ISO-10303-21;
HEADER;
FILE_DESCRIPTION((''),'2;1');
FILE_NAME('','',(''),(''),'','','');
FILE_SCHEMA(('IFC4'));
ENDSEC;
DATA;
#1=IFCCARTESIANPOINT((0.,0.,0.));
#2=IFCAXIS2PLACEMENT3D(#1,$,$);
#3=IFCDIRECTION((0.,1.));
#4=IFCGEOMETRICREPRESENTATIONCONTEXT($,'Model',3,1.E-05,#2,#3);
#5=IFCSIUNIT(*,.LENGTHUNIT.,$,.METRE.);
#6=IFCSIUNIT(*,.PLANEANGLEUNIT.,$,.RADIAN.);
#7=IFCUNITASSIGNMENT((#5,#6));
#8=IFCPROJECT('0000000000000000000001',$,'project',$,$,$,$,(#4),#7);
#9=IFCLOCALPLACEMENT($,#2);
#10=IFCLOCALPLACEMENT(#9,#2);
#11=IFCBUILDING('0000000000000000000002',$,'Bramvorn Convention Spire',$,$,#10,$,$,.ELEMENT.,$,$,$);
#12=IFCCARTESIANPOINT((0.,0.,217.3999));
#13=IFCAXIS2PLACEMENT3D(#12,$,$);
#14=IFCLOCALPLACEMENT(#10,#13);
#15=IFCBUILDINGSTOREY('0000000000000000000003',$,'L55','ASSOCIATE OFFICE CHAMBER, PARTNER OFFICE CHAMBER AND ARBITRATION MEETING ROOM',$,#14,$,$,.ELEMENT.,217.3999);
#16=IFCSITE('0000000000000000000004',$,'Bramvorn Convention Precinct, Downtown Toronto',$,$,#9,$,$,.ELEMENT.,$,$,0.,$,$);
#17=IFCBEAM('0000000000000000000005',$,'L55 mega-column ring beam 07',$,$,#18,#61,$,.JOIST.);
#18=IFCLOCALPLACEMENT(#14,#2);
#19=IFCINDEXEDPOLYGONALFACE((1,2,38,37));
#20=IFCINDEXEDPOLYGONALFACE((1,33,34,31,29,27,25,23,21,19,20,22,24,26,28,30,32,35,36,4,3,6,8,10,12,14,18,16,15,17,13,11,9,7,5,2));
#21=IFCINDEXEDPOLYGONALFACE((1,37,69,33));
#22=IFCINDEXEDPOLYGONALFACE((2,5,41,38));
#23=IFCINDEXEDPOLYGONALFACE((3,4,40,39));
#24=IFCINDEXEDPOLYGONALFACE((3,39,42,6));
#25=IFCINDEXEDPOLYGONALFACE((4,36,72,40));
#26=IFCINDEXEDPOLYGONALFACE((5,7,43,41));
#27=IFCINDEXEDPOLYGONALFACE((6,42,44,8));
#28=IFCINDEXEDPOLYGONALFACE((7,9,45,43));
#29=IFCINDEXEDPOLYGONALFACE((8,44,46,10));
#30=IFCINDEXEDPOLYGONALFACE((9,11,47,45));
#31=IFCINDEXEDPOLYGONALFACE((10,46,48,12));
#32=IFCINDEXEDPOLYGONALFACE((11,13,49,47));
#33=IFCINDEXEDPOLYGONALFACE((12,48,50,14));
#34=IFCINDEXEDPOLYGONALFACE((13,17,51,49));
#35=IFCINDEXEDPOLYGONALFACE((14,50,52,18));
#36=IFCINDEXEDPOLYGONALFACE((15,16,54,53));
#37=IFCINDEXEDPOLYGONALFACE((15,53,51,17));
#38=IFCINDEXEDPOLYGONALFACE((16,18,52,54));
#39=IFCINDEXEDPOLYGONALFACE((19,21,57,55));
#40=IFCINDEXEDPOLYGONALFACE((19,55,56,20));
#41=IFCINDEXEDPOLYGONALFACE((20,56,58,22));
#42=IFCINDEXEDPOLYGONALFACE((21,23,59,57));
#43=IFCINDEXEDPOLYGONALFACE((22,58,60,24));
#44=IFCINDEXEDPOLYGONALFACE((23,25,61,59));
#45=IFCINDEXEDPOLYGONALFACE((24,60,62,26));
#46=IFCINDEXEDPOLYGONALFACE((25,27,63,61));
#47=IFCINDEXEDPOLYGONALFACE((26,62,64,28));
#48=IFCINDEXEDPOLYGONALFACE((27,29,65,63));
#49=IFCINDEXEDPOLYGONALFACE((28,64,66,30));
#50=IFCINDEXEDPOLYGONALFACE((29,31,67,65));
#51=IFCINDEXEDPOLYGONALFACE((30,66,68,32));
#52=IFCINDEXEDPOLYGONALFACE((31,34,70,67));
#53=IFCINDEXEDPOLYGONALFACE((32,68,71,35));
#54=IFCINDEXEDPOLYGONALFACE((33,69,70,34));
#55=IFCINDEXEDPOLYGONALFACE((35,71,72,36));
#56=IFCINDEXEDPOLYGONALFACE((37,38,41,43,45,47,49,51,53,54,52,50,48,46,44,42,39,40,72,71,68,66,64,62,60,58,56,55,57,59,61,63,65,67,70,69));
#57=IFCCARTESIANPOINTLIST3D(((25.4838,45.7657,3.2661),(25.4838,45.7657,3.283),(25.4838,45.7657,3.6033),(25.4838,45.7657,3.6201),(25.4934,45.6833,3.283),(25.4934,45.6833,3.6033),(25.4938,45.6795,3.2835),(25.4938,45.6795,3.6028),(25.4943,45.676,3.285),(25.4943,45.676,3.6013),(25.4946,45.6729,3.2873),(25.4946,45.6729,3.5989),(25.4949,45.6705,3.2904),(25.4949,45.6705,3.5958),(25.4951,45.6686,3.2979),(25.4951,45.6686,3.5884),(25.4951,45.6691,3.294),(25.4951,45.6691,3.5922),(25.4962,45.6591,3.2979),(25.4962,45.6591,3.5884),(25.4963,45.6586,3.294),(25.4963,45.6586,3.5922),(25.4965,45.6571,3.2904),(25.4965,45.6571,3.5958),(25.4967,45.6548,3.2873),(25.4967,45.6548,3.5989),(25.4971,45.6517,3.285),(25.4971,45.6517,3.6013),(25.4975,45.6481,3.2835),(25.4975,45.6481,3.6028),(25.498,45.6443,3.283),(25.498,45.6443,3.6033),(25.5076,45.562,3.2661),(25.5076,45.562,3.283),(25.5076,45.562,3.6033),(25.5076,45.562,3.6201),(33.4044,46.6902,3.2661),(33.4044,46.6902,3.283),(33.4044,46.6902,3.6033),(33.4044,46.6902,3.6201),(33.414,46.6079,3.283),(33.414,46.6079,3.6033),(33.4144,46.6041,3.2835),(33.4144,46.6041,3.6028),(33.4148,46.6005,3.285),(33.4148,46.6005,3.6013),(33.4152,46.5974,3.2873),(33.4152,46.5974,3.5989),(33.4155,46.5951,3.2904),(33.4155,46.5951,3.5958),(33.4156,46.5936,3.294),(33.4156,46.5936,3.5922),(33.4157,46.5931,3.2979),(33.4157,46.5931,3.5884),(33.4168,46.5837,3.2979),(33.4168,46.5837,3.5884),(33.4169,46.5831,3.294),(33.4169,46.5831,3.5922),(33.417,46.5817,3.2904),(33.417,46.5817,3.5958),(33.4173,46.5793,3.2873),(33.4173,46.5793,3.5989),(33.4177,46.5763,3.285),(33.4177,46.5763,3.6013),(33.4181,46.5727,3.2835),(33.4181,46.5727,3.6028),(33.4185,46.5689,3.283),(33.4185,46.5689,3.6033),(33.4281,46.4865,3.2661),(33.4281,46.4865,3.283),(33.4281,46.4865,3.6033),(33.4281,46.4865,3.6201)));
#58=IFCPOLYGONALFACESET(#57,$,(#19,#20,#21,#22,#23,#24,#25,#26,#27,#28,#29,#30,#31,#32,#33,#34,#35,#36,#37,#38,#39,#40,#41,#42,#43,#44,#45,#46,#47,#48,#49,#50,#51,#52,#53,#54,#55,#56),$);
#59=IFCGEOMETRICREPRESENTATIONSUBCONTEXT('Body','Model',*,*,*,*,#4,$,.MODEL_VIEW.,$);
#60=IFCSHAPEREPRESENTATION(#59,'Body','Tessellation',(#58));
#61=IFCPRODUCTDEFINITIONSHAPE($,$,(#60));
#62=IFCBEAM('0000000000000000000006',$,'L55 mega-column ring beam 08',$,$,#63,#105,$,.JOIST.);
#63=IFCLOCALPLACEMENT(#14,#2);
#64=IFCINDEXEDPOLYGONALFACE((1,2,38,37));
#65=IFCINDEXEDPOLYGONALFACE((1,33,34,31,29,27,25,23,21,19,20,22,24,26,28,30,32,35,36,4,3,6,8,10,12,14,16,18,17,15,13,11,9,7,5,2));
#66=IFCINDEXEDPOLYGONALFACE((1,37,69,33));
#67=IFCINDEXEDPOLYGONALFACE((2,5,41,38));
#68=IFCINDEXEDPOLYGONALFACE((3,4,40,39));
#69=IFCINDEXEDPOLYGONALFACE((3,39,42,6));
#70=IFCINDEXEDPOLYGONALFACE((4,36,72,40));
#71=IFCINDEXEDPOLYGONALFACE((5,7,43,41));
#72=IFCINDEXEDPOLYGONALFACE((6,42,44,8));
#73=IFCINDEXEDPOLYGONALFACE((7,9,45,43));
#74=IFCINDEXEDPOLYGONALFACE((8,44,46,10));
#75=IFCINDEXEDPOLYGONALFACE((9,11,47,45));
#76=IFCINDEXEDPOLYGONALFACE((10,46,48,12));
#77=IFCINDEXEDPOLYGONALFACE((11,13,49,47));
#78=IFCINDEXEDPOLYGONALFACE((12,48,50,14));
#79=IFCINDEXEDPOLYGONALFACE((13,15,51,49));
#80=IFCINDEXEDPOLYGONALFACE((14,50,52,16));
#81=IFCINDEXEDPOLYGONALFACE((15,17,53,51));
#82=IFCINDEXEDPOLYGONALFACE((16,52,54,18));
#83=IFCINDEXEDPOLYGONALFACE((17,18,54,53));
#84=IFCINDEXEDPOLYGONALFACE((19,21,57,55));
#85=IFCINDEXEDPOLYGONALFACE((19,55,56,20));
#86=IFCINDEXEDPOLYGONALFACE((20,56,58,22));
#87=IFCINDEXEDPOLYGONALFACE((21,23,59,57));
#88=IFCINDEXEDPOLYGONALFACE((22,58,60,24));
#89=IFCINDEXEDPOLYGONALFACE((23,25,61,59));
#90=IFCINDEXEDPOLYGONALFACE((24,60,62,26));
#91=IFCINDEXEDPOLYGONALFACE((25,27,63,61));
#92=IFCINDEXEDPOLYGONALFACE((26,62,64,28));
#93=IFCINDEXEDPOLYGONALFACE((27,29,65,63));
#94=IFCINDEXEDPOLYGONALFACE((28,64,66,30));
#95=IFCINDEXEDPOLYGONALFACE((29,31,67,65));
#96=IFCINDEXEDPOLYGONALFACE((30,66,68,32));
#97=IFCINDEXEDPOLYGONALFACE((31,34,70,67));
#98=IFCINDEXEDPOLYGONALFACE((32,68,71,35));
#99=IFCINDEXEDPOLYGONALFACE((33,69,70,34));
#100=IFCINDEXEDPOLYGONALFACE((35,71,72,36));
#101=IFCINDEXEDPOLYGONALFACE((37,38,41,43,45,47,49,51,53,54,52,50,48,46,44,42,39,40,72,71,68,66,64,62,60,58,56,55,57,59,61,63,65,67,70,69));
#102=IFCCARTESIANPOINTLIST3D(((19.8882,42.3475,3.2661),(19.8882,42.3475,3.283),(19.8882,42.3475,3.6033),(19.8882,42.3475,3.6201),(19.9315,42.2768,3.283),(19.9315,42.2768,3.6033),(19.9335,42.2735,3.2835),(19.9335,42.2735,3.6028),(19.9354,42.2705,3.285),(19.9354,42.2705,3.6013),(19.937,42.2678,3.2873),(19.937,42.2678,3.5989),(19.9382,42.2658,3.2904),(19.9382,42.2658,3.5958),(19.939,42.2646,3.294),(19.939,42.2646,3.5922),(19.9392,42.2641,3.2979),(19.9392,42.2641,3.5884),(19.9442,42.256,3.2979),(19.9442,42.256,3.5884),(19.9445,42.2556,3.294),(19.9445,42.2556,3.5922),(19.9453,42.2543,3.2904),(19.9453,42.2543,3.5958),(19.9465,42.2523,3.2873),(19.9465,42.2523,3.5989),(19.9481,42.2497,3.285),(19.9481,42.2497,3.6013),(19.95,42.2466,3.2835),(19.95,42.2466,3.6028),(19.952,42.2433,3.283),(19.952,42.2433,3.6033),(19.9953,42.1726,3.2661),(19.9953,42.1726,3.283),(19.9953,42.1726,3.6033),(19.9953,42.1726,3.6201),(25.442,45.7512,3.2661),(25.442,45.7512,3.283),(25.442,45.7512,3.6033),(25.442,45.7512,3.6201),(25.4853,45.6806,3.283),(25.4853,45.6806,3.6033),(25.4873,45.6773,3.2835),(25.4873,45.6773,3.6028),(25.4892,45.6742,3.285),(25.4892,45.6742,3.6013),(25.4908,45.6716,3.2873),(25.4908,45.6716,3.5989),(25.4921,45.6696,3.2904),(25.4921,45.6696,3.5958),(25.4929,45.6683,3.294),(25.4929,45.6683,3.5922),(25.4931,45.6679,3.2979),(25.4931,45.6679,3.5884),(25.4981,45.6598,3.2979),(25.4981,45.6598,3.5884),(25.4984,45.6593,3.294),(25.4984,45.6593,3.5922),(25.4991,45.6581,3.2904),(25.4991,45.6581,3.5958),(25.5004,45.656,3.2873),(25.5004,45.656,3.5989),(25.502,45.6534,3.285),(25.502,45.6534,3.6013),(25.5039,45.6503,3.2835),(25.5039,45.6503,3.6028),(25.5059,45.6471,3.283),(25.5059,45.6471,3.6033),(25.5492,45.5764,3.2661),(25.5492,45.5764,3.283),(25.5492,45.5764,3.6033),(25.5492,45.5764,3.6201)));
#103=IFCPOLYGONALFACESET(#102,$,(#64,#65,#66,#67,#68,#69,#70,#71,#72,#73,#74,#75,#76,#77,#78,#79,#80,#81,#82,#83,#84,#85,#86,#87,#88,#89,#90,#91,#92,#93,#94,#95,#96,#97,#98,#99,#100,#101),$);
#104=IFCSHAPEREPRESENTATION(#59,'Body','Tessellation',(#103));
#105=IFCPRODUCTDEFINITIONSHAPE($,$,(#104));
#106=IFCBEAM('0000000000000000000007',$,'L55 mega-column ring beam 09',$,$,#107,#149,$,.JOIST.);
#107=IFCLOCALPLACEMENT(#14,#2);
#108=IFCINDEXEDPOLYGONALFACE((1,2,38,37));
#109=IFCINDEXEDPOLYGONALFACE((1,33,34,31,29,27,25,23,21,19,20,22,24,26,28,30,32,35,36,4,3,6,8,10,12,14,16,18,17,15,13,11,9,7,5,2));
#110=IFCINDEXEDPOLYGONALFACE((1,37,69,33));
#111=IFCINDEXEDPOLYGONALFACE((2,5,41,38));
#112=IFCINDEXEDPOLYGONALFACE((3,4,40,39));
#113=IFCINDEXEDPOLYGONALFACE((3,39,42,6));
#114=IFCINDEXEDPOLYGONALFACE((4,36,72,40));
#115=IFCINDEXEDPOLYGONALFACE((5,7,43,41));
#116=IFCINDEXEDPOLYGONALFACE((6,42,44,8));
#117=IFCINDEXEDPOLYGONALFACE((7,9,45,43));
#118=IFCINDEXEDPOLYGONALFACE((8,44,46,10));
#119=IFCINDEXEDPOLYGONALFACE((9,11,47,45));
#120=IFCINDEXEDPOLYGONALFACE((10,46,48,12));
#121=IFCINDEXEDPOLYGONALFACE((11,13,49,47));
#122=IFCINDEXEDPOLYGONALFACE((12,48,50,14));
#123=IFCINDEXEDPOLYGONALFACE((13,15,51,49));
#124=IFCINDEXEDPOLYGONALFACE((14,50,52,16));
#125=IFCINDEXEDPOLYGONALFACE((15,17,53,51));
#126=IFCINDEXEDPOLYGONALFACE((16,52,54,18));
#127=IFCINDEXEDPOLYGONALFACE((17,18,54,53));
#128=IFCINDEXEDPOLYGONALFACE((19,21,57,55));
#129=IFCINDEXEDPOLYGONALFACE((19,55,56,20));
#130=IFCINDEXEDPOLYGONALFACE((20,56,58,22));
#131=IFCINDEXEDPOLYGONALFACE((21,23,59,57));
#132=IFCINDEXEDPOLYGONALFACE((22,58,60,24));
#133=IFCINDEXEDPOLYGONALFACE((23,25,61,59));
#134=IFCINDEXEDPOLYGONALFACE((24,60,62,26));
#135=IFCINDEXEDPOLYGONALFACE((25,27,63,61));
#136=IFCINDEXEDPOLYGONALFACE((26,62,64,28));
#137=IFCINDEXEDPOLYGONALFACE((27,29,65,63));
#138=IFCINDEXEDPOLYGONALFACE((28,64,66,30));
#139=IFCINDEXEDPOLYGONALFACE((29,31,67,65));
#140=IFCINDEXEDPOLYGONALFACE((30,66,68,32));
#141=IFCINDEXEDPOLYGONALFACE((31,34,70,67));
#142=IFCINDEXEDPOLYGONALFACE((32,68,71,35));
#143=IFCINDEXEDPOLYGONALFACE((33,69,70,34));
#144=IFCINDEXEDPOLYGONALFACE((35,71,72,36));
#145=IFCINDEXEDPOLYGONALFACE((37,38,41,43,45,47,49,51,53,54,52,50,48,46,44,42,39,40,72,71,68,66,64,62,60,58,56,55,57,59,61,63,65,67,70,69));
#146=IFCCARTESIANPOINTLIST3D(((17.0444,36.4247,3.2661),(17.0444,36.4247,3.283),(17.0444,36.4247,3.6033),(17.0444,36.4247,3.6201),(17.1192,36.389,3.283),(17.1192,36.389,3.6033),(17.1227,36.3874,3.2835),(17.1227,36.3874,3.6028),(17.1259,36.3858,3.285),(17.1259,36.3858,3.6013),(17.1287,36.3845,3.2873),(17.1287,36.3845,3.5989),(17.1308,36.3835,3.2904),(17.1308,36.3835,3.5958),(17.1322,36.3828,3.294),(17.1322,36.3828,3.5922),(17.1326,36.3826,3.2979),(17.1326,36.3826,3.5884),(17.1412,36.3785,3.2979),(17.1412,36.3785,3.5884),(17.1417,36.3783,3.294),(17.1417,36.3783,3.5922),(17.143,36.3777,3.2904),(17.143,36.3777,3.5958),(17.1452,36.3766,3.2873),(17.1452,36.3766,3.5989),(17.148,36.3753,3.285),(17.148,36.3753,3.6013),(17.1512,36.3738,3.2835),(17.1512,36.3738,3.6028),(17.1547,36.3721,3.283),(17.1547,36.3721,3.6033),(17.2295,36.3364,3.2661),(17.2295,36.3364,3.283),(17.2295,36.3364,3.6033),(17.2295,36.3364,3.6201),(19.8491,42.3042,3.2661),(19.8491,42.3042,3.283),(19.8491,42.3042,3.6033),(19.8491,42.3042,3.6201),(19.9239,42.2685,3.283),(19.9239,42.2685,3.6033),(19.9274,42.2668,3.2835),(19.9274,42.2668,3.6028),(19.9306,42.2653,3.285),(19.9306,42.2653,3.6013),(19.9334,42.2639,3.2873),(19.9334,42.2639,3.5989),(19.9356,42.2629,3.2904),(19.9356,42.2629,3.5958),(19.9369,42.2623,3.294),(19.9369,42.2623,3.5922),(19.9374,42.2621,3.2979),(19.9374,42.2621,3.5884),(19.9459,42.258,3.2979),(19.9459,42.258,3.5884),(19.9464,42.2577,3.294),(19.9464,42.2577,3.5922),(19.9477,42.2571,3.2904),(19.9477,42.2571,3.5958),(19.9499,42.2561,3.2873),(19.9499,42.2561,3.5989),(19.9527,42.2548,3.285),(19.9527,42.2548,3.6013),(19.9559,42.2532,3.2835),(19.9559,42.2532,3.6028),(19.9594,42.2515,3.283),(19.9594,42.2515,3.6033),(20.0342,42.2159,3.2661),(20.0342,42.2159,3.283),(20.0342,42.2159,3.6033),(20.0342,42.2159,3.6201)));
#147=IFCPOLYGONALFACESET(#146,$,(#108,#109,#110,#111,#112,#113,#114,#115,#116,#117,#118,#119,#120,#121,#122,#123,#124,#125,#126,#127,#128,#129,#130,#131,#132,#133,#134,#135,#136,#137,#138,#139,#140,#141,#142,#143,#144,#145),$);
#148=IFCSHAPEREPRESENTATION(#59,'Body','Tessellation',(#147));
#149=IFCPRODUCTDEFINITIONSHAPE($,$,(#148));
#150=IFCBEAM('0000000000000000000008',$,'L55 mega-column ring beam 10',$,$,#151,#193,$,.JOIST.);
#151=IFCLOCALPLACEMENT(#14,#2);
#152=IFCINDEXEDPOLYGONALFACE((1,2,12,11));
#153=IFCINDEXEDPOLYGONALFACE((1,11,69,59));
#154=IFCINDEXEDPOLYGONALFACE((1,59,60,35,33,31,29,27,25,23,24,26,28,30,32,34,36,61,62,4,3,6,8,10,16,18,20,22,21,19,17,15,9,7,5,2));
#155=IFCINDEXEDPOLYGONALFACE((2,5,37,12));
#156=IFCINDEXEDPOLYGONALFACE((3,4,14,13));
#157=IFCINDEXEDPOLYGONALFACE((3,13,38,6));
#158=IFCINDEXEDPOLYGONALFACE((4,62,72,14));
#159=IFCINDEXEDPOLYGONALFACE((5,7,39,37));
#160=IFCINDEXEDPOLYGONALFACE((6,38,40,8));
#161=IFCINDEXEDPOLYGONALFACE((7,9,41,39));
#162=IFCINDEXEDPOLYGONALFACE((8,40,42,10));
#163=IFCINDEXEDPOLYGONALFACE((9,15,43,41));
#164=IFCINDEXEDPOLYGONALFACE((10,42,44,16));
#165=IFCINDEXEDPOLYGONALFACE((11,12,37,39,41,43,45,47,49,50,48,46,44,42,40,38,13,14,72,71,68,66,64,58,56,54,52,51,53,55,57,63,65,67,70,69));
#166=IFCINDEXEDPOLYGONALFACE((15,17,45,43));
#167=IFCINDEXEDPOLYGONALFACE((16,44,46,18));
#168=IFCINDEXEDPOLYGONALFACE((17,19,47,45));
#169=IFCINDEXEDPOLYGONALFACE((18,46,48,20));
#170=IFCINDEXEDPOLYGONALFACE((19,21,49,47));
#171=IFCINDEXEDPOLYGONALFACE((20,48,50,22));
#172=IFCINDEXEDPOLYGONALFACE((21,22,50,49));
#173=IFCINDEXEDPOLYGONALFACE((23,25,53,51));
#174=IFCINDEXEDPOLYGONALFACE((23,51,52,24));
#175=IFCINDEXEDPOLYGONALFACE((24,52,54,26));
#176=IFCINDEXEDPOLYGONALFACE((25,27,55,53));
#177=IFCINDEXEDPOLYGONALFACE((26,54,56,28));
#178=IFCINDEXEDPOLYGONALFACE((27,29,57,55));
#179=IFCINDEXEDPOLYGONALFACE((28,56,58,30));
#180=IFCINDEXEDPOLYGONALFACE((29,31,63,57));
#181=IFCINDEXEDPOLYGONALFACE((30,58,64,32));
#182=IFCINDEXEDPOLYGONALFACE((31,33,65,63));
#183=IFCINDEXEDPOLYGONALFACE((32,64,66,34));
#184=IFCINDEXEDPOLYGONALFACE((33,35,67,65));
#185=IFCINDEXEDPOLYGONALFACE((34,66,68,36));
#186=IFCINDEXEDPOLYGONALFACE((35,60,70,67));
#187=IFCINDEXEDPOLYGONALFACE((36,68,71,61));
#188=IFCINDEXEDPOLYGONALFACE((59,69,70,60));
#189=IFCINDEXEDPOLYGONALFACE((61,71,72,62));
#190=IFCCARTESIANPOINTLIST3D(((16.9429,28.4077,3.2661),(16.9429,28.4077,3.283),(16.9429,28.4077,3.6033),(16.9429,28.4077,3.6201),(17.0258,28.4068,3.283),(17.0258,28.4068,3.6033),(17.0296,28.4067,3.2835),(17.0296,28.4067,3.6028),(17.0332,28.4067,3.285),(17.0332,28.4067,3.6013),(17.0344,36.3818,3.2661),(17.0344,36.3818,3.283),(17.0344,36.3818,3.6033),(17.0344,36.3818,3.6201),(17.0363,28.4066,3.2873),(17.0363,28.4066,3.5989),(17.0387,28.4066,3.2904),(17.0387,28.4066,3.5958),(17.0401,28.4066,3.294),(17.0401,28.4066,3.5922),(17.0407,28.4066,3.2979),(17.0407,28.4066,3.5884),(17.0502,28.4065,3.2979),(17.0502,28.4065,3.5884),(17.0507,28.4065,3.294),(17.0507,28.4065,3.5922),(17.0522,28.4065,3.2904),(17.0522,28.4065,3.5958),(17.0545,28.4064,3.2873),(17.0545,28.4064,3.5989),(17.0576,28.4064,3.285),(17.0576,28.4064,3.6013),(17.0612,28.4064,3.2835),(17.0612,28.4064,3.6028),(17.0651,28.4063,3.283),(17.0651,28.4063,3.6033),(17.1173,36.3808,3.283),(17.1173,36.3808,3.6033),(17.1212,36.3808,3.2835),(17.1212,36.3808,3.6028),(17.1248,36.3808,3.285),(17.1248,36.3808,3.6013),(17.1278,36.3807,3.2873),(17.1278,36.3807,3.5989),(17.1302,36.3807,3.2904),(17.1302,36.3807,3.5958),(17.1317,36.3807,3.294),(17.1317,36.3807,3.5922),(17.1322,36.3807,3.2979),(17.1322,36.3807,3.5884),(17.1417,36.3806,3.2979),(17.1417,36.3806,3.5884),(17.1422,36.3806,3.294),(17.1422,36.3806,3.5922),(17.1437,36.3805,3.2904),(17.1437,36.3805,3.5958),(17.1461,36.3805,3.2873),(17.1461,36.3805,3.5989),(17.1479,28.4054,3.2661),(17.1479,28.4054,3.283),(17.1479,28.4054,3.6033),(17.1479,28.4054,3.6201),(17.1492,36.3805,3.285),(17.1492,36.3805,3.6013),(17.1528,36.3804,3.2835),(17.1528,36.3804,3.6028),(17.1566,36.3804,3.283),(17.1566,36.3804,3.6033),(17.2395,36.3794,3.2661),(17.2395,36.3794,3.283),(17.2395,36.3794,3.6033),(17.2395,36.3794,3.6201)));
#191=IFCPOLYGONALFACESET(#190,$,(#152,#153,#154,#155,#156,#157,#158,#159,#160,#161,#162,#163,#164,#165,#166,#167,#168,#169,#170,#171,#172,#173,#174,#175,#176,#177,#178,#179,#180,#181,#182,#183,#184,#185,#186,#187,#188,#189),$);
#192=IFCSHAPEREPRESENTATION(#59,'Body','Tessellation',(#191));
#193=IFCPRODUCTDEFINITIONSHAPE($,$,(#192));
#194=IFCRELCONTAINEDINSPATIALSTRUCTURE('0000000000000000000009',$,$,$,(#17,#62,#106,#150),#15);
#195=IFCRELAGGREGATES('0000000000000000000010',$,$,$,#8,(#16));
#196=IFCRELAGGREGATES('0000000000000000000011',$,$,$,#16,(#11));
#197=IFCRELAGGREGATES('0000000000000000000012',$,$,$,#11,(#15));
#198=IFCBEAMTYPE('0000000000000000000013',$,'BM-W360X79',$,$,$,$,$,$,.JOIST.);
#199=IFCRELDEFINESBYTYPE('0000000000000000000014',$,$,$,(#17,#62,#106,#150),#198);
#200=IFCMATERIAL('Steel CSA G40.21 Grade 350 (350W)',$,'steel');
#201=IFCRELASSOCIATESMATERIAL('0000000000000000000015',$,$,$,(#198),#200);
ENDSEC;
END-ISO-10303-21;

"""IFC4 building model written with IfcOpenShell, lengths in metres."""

from ifc_helpers import new_model, si_unit, direction, frame, origin, origin_2d, place, context, subcontext, project, spatial, i_section, extrude, material, material_profile, profile_set, type_object, element, save


model = new_model("IFC4")

# Units and contexts
model_context = context("Model", 3, precision=1e-05, world=origin(), true_north=direction((0.0, 1.0)))
body_context = subcontext(model_context, "Body", "Model", "MODEL_VIEW")
ifc_project = project(units=[si_unit("LENGTHUNIT", "METRE"), si_unit("PLANEANGLEUNIT", "RADIAN")], contexts=[model_context])

# Site, building, storey
site_placement = place(None, origin())
site = spatial("IfcSite", under=ifc_project, at=site_placement, Name="Bramvorn Convention Precinct, Downtown Toronto", CompositionType="ELEMENT", RefElevation=0.0)
building_placement = place(site_placement, origin())
building = spatial("IfcBuilding", under=site, at=building_placement, Name="Bramvorn Convention Spire", CompositionType="ELEMENT")
storey_placement = place(building_placement, frame((0.0, 0.0, 217.3999)))
storey = spatial("IfcBuildingStorey", under=building, at=storey_placement, Name="L55", Description="ASSOCIATE OFFICE CHAMBER, PARTNER OFFICE CHAMBER AND ARBITRATION MEETING ROOM", CompositionType="ELEMENT", Elevation=217.3999)

# Shared definitions
ifc_material_1 = material(Name="Steel CSA G40.21 Grade 350 (350W)", Category="steel")

# Beams
ifc_material_profile_1 = material_profile(ifc_material_1, i_section(OverallWidth=0.2051, OverallDepth=0.354, WebThickness=0.0095, FlangeThickness=0.0168, FilletRadius=0.0149, at=origin_2d()))
ifc_profile_set_1 = profile_set([ifc_material_profile_1], Name="Steel CSA G40.21 Grade 350 (350W) - W360X79")
beam_type_1 = type_object("IfcBeamType", Name="BM-W360X79", PredefinedType="JOIST", material=ifc_profile_set_1)
beam_1_placement = place(storey_placement, frame((33.4163, 46.5884, 3.4431), z_axis=(-0.993256, -0.115941, 0.0), x_axis=(0.115941, -0.993256, 0.0)))
element("IfcBeam", 1, at=beam_1_placement, inside=storey, type_object=beam_type_1, Name="L55 mega-column ring beam 07", PredefinedType="JOIST", context=body_context, shape_type="SweptSolid", body=[
    extrude(i_section(OverallWidth=0.2051, OverallDepth=0.354, WebThickness=0.0095, FlangeThickness=0.0168, FilletRadius=0.0149, at=origin_2d()), origin(), (0.0, 0.0, 1.0), 7.9744),
])
beam_2_placement = place(storey_placement, frame((25.4956, 45.6638, 3.4431), z_axis=(-0.852617, -0.522537, 0.0), x_axis=(0.522537, -0.852617, 0.0)))
element("IfcBeam", 2, at=beam_2_placement, inside=storey, type_object=beam_type_1, Name="L55 mega-column ring beam 08", PredefinedType="JOIST", context=body_context, shape_type="SweptSolid", body=[
    extrude(i_section(OverallWidth=0.2051, OverallDepth=0.354, WebThickness=0.0095, FlangeThickness=0.0168, FilletRadius=0.0149, at=origin_2d()), origin(), (0.0, 0.0, 1.0), 6.5139),
])
beam_3_placement = place(storey_placement, frame((19.9417, 42.26, 3.4431), z_axis=(-0.430556, -0.902564, 0.0), x_axis=(0.902564, -0.430556, 0.0)))
element("IfcBeam", 3, at=beam_3_placement, inside=storey, type_object=beam_type_1, Name="L55 mega-column ring beam 09", PredefinedType="JOIST", context=body_context, shape_type="SweptSolid", body=[
    extrude(i_section(OverallWidth=0.2051, OverallDepth=0.354, WebThickness=0.0095, FlangeThickness=0.0168, FilletRadius=0.0149, at=origin_2d()), origin(), (0.0, 0.0, 1.0), 6.5142),
])
beam_4_placement = place(storey_placement, frame((17.137, 36.3806, 3.4431), z_axis=(-0.01148, -0.999934, 0.0), x_axis=(0.999934, -0.01148, 0.0)))
element("IfcBeam", 4, at=beam_4_placement, inside=storey, type_object=beam_type_1, Name="L55 mega-column ring beam 10", PredefinedType="JOIST", context=body_context, shape_type="SweptSolid", body=[
    extrude(i_section(OverallWidth=0.2051, OverallDepth=0.354, WebThickness=0.0095, FlangeThickness=0.0168, FilletRadius=0.0149, at=origin_2d()), origin(), (0.0, 0.0, 1.0), 7.9746),
])

save(model, "model.ifc")
